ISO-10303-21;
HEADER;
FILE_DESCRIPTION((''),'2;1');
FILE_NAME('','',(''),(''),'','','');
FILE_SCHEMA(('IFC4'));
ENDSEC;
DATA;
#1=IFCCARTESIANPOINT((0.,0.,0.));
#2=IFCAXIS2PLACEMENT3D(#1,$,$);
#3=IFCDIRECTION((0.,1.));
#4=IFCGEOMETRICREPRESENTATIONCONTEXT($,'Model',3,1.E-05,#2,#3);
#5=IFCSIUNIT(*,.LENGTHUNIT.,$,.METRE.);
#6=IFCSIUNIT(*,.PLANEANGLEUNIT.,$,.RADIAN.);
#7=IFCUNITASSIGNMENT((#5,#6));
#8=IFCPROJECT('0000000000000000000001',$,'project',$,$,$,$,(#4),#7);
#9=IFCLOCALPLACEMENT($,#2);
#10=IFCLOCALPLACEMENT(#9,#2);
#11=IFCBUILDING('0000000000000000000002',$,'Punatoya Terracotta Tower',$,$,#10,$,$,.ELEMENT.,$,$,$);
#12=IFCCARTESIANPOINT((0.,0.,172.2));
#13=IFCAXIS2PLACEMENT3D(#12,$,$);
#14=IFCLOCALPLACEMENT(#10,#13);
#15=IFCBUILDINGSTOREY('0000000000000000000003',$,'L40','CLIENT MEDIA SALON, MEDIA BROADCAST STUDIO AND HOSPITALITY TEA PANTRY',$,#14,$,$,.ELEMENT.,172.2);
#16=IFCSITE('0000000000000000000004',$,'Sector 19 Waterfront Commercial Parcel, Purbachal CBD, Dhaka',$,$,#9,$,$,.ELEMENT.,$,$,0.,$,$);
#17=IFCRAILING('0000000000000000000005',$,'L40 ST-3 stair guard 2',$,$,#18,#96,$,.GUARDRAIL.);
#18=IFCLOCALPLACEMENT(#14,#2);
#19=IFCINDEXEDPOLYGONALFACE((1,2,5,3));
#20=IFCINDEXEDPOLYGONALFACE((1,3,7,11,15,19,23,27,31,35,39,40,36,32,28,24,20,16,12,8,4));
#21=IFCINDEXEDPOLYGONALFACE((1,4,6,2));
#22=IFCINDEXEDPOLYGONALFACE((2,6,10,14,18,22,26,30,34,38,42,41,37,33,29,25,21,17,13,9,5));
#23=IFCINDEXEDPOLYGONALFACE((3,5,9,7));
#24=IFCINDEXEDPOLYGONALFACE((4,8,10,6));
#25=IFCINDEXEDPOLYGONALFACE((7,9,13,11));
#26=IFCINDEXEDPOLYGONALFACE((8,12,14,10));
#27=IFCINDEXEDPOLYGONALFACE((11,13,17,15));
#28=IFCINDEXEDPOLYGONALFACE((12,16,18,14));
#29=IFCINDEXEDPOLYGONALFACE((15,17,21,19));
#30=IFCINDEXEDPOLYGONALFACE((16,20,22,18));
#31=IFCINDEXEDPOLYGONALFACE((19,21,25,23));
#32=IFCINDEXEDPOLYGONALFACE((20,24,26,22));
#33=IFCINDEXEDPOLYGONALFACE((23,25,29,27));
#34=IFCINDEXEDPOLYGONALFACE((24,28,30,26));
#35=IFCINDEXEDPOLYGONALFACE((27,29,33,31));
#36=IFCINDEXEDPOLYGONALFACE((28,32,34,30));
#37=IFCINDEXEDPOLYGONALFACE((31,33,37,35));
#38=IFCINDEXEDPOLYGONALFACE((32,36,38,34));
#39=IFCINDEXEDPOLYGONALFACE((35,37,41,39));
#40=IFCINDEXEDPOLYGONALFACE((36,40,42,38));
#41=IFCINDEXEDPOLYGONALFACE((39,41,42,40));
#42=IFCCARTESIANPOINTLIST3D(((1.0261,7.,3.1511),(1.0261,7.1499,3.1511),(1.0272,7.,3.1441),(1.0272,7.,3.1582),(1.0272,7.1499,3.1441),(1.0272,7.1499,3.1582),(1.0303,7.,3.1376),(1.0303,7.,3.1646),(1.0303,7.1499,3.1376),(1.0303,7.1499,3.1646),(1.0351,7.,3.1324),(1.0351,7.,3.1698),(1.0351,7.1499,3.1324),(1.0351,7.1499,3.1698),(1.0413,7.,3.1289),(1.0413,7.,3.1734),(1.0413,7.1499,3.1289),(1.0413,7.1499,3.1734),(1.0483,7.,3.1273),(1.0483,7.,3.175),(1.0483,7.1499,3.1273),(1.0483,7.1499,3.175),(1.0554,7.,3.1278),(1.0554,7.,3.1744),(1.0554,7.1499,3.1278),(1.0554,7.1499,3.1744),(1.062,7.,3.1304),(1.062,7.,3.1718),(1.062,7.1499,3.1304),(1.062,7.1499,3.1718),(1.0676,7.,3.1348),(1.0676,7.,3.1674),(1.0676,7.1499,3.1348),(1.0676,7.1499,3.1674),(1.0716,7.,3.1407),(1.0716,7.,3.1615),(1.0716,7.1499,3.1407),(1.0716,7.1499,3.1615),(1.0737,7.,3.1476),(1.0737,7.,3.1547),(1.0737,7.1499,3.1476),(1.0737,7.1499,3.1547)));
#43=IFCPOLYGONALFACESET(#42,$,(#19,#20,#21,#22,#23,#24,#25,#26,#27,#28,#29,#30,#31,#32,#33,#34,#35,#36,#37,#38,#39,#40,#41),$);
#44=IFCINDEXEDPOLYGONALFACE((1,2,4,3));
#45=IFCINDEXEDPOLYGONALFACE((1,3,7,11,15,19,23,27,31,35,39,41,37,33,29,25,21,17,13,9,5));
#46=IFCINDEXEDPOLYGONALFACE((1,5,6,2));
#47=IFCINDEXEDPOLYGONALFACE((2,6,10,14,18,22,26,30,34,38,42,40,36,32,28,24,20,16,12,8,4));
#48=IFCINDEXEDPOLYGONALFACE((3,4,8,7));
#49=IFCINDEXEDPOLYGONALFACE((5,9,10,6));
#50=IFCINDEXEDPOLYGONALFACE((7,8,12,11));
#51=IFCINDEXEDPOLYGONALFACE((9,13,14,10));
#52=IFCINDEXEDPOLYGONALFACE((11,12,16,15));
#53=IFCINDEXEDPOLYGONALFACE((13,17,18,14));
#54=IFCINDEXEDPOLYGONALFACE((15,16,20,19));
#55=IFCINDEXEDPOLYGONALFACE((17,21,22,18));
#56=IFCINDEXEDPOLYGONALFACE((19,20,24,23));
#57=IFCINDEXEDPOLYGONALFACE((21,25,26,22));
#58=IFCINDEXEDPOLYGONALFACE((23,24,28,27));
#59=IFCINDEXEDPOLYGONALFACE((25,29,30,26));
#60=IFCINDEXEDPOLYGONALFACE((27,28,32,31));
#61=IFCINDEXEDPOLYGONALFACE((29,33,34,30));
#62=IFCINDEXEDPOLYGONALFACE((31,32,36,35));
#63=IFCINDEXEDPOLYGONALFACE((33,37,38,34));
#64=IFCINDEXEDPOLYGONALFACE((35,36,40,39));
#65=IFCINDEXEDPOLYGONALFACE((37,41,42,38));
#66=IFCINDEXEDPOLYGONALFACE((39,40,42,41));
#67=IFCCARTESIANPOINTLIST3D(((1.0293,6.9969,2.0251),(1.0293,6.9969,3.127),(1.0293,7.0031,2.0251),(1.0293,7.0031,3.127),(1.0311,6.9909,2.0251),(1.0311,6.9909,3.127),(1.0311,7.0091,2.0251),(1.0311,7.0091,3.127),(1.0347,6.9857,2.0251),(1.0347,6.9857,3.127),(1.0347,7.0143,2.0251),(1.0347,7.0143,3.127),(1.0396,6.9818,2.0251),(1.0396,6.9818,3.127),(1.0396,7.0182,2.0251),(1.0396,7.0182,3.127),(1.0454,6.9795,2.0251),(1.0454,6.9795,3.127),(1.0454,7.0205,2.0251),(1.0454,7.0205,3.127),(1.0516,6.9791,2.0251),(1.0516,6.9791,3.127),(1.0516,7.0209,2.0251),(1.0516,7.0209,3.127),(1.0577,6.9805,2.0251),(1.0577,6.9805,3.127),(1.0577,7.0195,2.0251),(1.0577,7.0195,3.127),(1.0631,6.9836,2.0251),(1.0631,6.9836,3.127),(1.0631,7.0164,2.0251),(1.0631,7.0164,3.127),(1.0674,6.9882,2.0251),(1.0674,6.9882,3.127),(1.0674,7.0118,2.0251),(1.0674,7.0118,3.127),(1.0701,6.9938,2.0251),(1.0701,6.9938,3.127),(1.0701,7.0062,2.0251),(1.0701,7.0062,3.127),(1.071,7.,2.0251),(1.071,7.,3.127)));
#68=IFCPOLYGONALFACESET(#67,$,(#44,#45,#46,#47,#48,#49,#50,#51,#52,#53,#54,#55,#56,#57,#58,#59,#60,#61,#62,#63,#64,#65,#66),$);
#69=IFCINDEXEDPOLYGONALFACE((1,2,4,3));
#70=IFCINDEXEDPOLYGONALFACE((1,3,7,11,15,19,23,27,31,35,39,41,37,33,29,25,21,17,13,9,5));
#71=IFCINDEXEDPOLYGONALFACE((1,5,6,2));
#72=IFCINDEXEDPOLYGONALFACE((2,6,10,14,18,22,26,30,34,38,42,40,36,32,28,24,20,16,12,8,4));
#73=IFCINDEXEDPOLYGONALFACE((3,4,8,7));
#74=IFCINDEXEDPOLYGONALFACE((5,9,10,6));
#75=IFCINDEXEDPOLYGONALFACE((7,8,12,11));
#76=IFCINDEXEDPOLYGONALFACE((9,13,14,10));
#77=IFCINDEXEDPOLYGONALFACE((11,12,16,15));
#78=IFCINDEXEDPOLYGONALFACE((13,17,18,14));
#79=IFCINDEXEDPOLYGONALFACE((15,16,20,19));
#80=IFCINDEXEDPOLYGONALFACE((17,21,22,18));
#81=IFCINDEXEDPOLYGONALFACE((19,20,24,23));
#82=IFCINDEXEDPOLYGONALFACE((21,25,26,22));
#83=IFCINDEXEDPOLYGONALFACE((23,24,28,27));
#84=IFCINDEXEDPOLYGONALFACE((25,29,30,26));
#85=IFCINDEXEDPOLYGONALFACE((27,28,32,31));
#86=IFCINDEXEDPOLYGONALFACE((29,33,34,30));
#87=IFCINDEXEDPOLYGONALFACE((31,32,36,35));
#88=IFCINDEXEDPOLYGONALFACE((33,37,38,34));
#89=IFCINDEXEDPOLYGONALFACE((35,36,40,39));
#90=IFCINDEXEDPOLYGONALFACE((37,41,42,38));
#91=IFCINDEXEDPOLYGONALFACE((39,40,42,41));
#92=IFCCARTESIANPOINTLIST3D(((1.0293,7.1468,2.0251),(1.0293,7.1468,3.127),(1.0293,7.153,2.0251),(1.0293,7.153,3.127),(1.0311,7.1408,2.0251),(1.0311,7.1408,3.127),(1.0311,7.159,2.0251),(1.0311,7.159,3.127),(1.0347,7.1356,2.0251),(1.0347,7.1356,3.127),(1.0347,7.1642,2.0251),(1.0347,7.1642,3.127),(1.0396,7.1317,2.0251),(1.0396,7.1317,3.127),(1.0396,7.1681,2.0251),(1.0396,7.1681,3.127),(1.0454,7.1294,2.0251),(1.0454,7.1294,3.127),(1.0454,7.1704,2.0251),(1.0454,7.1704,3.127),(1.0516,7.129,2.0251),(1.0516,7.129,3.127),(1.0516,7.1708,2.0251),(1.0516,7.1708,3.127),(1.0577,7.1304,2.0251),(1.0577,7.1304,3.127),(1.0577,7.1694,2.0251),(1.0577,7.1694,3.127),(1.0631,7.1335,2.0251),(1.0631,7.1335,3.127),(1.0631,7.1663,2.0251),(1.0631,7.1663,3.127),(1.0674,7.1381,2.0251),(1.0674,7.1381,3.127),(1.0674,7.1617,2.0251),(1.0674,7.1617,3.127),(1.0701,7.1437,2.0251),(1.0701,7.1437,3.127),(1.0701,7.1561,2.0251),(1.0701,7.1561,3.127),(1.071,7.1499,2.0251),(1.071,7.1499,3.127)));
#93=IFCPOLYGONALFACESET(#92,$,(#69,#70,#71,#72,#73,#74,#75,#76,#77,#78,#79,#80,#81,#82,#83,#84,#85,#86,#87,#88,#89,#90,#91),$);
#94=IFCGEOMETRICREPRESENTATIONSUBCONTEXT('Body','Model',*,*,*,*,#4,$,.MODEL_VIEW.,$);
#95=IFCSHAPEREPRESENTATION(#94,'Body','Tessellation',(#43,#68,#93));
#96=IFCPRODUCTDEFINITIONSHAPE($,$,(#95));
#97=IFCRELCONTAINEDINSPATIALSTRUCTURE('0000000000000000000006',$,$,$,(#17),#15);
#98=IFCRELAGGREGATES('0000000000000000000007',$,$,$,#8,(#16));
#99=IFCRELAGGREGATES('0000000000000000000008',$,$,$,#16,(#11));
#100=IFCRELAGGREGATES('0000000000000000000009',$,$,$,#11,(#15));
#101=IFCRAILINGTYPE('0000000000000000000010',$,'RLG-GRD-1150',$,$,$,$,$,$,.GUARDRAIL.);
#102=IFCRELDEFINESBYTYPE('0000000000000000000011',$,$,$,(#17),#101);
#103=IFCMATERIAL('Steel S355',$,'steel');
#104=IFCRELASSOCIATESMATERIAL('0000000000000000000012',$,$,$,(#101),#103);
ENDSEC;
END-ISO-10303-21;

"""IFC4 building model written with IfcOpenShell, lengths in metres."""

from ifc_helpers import new_model, si_unit, direction, frame, origin, origin_2d, place, context, subcontext, project, spatial, circle, extrude, material, type_object, element, save


model = new_model("IFC4")

# Units and contexts
model_context = context("Model", 3, precision=1e-05, world=origin(), true_north=direction((0.0, 1.0)))
body_context = subcontext(model_context, "Body", "Model", "MODEL_VIEW")
ifc_project = project(units=[si_unit("LENGTHUNIT", "METRE"), si_unit("PLANEANGLEUNIT", "RADIAN")], contexts=[model_context])

# Site, building, storey
site_placement = place(None, origin())
site = spatial("IfcSite", under=ifc_project, at=site_placement, Name="Sector 19 Waterfront Commercial Parcel, Purbachal CBD, Dhaka", CompositionType="ELEMENT", RefElevation=0.0)
building_placement = place(site_placement, origin())
building = spatial("IfcBuilding", under=site, at=building_placement, Name="Punatoya Terracotta Tower", CompositionType="ELEMENT")
storey_placement = place(building_placement, frame((0.0, 0.0, 172.2)))
storey = spatial("IfcBuildingStorey", under=building, at=storey_placement, Name="L40", Description="CLIENT MEDIA SALON, MEDIA BROADCAST STUDIO AND HOSPITALITY TEA PANTRY", CompositionType="ELEMENT", Elevation=172.2)

# Shared definitions
ifc_material_1 = material(Name="Steel S355", Category="steel")

# Railing
railing_type = type_object("IfcRailingType", Name="RLG-GRD-1150", PredefinedType="GUARDRAIL", material=ifc_material_1)
railing_1_placement = place(storey_placement, frame((1.05, 7.0, 2.0251)))
element("IfcRailing", 1, at=railing_1_placement, inside=storey, type_object=railing_type, Name="L40 ST-3 stair guard 2", PredefinedType="GUARDRAIL", context=body_context, shape_type="SweptSolid", body=[
    extrude(circle(Radius=0.0239, at=origin_2d()), frame((0.0, 0.0, 1.126), z_axis=(0.0, 1.0, 0.0), x_axis=(-1.0, 0.0, 0.0)), (0.0, 0.0, 1.0), 0.1499),
    extrude(circle(Radius=0.021, at=origin_2d()), origin(), (0.0, 0.0, 1.0), 1.1018),
    extrude(circle(Radius=0.021, at=origin_2d()), frame((0.0, 0.1499, 0.0)), (0.0, 0.0, 1.0), 1.1018),
])

save(model, "model.ifc")
